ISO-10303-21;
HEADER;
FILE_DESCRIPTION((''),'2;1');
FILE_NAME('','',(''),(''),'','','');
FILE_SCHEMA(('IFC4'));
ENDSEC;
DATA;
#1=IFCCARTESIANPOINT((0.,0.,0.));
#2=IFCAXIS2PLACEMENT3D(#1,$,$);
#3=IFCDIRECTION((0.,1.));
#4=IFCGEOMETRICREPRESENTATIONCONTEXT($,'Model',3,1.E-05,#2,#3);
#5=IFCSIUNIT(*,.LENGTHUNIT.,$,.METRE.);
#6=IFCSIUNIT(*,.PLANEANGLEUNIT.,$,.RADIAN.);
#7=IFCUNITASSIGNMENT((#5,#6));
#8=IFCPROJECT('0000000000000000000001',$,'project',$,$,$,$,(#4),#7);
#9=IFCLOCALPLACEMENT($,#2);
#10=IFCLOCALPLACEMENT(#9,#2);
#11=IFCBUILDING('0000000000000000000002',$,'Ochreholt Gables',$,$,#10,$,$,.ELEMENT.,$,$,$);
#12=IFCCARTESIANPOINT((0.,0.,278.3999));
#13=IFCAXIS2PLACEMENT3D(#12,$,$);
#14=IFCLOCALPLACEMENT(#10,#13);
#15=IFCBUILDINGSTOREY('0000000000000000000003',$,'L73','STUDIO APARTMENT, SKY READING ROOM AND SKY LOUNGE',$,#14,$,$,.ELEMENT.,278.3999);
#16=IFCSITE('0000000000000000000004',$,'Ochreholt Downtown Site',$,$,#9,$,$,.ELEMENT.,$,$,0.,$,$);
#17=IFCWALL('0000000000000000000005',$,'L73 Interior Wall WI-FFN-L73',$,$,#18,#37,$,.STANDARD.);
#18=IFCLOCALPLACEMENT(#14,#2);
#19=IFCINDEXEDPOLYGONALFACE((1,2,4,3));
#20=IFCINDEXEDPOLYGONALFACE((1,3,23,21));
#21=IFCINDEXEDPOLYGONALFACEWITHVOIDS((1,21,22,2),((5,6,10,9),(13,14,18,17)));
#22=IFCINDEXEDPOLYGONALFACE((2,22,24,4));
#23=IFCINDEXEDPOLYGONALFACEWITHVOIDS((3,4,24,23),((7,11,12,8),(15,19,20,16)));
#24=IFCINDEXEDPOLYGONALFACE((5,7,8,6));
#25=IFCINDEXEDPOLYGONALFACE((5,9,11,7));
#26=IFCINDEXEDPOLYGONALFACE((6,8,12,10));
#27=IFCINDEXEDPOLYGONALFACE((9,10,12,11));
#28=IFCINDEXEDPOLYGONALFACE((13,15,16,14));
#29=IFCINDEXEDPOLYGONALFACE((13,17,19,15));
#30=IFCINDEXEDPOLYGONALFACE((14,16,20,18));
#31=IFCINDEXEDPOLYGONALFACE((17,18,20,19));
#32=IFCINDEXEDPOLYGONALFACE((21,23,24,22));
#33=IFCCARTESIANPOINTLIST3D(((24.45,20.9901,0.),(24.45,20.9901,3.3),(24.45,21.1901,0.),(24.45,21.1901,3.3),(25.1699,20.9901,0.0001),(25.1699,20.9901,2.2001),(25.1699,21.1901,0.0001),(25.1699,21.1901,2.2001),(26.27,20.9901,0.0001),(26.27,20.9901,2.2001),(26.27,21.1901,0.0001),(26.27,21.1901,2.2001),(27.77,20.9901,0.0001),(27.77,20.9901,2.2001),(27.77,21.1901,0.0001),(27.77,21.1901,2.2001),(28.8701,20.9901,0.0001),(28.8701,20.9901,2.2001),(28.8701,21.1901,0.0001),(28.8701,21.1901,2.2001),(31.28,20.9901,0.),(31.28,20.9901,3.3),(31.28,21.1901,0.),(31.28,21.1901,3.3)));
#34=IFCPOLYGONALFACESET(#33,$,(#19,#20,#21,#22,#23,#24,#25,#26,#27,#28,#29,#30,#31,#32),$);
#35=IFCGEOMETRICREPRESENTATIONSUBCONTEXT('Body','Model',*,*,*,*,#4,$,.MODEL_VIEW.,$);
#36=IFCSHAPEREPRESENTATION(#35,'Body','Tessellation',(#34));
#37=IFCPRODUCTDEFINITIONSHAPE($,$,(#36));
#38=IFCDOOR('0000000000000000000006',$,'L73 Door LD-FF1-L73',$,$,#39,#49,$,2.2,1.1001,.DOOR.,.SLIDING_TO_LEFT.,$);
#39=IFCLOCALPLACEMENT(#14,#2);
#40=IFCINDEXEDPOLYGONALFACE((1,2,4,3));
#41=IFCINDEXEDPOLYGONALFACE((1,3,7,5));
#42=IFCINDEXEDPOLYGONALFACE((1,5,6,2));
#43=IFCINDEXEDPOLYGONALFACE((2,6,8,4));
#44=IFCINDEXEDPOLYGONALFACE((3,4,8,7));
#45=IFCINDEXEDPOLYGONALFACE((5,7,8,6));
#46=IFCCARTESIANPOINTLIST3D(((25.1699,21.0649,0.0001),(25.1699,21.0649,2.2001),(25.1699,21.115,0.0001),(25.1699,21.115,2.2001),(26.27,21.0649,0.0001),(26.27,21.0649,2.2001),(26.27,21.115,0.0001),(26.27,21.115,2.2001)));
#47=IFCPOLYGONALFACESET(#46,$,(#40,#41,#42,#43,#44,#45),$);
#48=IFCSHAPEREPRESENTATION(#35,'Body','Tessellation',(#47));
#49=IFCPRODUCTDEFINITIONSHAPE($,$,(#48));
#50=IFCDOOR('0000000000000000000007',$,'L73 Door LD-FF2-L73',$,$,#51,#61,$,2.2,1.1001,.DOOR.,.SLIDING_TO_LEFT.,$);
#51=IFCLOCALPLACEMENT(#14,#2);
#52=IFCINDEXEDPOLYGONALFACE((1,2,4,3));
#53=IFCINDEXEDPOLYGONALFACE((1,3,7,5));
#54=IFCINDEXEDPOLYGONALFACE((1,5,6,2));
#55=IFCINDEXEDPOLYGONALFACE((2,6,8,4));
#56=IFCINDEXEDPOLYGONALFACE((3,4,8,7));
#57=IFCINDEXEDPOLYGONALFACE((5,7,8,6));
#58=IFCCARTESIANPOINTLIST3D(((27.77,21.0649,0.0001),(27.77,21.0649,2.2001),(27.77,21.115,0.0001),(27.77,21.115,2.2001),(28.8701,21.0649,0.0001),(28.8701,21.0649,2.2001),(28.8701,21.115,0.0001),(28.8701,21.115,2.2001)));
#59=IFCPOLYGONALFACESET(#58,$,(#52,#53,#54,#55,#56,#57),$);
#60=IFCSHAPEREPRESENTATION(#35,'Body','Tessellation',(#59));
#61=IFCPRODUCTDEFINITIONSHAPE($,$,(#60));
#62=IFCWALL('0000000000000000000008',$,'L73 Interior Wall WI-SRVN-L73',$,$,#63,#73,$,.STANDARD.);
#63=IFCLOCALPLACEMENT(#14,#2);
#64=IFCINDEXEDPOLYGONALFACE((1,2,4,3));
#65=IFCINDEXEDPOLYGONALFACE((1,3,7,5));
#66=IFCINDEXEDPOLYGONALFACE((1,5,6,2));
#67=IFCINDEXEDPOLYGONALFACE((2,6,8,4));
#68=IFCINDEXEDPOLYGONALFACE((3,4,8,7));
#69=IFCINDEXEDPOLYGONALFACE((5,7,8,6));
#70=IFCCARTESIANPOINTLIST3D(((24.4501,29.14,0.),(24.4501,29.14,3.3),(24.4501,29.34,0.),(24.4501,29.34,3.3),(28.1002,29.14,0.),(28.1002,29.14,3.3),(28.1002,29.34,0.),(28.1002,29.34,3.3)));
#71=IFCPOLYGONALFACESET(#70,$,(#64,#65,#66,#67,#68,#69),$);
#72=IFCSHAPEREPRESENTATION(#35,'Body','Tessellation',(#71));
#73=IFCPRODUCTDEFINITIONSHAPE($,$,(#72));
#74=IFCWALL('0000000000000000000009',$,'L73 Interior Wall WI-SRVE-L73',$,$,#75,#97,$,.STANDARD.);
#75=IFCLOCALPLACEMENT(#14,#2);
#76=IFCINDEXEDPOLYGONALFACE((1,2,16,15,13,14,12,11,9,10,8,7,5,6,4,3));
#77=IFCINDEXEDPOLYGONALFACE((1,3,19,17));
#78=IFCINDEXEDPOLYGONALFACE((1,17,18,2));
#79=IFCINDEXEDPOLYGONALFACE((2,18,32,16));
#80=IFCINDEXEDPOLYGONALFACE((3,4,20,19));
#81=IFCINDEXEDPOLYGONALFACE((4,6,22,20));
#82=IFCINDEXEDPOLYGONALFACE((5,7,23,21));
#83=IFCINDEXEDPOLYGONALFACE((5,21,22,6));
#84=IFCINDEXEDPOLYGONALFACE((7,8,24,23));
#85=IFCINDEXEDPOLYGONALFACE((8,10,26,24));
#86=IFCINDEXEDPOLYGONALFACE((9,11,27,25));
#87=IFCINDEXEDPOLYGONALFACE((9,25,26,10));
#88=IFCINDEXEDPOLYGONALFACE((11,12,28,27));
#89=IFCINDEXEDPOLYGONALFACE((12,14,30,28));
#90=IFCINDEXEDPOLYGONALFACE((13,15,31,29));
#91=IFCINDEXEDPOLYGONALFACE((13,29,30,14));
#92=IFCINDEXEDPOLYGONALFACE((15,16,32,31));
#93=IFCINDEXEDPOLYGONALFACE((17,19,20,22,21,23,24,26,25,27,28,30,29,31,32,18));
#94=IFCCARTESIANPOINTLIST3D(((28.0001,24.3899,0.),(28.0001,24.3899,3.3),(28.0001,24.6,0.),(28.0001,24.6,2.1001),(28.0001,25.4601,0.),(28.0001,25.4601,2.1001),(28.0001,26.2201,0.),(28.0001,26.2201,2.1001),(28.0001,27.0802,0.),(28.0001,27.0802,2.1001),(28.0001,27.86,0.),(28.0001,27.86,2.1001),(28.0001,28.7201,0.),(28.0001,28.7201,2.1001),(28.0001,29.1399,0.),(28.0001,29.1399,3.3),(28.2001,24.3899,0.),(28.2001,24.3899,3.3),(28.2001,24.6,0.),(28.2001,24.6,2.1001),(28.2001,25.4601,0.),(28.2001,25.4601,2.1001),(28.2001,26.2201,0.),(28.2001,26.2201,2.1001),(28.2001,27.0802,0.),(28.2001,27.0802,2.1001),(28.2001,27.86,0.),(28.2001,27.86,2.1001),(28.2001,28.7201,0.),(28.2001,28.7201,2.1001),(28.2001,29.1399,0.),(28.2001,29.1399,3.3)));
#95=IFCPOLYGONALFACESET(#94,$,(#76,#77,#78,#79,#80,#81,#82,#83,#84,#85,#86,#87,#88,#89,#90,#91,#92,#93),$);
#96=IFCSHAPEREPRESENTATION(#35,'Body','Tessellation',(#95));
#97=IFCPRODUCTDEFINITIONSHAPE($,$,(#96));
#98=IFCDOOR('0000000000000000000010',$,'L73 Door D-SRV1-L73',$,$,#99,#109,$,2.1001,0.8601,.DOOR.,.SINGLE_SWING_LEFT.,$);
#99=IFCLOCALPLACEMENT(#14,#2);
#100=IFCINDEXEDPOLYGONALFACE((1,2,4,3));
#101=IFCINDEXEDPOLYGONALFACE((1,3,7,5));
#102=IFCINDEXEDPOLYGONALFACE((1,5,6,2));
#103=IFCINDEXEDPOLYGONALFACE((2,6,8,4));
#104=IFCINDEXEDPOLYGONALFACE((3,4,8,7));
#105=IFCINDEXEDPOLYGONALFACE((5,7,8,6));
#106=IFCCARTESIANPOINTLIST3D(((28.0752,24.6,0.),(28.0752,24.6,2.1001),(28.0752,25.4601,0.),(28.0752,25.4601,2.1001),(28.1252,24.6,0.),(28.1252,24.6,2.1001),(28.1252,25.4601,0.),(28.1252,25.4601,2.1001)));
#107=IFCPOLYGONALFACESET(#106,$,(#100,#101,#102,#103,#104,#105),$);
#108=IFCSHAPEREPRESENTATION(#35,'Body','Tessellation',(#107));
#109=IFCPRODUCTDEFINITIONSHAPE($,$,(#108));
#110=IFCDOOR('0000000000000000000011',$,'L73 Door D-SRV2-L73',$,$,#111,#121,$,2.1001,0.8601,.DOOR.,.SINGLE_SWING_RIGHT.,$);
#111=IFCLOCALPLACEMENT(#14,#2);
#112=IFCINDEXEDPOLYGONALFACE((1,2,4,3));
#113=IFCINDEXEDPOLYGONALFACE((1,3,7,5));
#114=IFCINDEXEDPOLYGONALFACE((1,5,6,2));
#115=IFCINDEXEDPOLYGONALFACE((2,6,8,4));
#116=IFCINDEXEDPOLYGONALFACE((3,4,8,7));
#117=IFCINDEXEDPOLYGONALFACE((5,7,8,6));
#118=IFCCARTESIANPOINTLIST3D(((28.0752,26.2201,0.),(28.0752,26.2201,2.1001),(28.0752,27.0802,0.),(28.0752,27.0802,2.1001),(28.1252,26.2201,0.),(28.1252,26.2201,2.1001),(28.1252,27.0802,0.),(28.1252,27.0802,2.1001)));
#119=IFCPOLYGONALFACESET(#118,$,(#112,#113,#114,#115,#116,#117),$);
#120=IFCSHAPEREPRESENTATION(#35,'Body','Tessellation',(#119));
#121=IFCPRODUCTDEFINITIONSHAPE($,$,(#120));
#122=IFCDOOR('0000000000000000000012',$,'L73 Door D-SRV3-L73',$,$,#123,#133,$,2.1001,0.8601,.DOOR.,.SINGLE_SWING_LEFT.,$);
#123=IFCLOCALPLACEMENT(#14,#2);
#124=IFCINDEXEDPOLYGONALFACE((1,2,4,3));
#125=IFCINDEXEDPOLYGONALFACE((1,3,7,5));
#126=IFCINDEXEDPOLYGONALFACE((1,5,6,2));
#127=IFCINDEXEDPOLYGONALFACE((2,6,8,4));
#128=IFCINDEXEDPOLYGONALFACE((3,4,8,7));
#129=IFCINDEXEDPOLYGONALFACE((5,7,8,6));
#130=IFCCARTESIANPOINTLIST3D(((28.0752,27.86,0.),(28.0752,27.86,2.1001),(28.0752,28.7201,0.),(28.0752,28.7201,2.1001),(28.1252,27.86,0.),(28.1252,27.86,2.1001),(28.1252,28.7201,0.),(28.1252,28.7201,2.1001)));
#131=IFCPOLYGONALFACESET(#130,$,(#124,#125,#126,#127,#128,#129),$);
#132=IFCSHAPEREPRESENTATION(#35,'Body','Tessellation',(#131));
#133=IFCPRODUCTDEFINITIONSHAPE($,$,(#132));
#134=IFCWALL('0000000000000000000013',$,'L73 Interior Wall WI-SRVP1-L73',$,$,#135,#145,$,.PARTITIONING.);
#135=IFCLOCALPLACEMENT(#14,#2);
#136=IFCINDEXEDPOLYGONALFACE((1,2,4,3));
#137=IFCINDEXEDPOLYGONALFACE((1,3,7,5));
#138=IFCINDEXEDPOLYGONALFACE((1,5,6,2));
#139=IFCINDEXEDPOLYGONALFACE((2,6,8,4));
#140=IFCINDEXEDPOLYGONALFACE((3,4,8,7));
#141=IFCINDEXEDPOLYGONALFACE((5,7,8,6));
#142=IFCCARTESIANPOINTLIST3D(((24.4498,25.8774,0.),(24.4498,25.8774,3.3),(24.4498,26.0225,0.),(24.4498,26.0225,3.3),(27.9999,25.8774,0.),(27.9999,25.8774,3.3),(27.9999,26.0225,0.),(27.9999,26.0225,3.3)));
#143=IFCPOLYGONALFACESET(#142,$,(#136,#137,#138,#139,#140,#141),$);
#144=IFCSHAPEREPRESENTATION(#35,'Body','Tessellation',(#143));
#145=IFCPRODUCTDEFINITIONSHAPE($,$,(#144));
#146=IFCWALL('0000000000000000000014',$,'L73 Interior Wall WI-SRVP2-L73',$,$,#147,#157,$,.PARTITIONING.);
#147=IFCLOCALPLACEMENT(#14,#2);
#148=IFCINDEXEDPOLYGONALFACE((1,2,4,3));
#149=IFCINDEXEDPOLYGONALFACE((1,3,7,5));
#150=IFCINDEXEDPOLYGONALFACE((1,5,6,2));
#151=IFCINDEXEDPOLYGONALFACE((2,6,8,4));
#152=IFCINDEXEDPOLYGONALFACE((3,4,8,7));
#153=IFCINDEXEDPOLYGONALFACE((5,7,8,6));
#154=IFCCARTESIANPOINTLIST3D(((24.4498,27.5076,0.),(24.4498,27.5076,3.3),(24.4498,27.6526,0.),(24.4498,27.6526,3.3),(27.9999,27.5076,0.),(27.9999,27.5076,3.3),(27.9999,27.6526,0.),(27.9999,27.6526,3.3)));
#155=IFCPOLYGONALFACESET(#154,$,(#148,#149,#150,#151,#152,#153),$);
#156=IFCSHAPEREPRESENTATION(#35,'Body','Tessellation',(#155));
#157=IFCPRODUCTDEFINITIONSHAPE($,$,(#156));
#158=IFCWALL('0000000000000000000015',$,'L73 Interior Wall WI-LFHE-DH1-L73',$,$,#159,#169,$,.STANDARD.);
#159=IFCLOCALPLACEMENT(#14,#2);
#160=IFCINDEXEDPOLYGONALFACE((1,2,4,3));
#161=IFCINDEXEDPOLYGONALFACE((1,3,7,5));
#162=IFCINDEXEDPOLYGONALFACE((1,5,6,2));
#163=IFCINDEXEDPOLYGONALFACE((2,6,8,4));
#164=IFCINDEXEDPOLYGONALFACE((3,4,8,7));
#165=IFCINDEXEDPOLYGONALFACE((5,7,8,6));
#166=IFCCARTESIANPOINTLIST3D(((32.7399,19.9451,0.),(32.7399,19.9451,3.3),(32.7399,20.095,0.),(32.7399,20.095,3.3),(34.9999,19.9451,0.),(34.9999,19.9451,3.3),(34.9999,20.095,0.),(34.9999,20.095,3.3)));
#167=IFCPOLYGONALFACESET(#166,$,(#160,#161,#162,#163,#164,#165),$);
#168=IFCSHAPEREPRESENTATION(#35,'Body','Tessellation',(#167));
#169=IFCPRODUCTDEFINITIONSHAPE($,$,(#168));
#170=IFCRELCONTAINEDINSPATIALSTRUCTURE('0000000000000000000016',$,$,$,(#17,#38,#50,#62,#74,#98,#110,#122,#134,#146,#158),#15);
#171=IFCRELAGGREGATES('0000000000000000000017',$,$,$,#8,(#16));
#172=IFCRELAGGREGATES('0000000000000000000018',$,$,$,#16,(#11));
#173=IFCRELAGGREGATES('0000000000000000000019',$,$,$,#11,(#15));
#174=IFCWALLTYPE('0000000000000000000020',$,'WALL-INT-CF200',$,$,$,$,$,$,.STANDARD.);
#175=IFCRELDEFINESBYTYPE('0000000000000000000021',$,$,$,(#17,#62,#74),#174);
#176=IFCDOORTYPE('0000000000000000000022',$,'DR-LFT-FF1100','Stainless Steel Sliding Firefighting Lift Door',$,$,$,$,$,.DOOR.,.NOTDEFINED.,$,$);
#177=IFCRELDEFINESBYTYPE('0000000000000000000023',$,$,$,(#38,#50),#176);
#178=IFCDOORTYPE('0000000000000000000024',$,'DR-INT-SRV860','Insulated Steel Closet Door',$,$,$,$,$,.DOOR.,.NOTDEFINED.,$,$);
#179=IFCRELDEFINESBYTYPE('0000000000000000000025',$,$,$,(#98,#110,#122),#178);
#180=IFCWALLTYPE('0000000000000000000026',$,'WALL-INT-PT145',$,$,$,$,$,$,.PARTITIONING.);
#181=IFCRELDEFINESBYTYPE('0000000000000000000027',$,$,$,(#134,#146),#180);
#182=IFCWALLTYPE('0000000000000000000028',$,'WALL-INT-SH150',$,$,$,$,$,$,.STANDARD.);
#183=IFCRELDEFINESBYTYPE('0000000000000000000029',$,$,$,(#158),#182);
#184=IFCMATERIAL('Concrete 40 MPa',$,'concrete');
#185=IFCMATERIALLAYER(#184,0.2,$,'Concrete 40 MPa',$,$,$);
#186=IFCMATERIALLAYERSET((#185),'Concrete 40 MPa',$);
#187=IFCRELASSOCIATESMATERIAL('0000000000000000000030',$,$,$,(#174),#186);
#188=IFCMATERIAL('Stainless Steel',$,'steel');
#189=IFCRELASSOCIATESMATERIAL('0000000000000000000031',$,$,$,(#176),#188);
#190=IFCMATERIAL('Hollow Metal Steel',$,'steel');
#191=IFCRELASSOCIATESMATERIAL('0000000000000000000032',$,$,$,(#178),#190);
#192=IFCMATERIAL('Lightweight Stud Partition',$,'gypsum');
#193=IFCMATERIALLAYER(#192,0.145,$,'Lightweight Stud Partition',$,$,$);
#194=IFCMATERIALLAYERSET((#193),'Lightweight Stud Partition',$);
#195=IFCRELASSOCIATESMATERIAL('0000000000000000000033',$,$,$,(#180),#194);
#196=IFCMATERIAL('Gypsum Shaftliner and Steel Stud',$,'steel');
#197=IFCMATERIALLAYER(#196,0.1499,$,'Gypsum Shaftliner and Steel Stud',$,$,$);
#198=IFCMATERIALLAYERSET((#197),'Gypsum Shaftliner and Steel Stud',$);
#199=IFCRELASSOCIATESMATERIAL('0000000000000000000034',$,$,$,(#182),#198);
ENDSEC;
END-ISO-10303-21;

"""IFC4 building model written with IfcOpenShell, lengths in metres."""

from ifc_helpers import new_model, si_unit, direction, frame, frame_2d, origin, place, context, subcontext, project, spatial, rectangle, extrude, material, layer, layer_set, type_object, element, fill, save


model = new_model("IFC4")

# Units and contexts
model_context = context("Model", 3, precision=1e-05, world=origin(), true_north=direction((0.0, 1.0)))
body_context = subcontext(model_context, "Body", "Model", "MODEL_VIEW")
ifc_project = project(units=[si_unit("LENGTHUNIT", "METRE"), si_unit("PLANEANGLEUNIT", "RADIAN")], contexts=[model_context])

# Site, building, storey
site_placement = place(None, origin())
site = spatial("IfcSite", under=ifc_project, at=site_placement, Name="Ochreholt Downtown Site", CompositionType="ELEMENT", RefElevation=0.0)
building_placement = place(site_placement, origin())
building = spatial("IfcBuilding", under=site, at=building_placement, Name="Ochreholt Gables", CompositionType="ELEMENT")
storey_placement = place(building_placement, frame((0.0, 0.0, 278.3999)))
storey = spatial("IfcBuildingStorey", under=building, at=storey_placement, Name="L73", Description="STUDIO APARTMENT, SKY READING ROOM AND SKY LOUNGE", CompositionType="ELEMENT", Elevation=278.3999)

# Wall, openings, doors
ifc_material_1 = material(Name="Concrete 40 MPa", Category="concrete")
ifc_layer_1 = layer(ifc_material_1, 0.2, Name="Concrete 40 MPa")
ifc_layer_set_1 = layer_set([ifc_layer_1], Name="Concrete 40 MPa")
wall_type_1 = type_object("IfcWallType", Name="WALL-INT-CF200", PredefinedType="STANDARD", material=ifc_layer_set_1)
wall_1_placement = place(storey_placement, frame((24.45, 21.0901, 0.0), z_axis=(0.0, 0.0, 1.0), x_axis=(1.0, 0.0, 0.0)))
wall_1 = element("IfcWall", 1, at=wall_1_placement, inside=storey, type_object=wall_type_1, Name="L73 Interior Wall WI-FFN-L73", PredefinedType="STANDARD", context=body_context, shape_type="SweptSolid", body=[
    extrude(rectangle(XDim=6.8301, YDim=0.2, at=frame_2d((3.415, 0.0))), origin(), (0.0, 0.0, 1.0), 3.3),
])
opening_1_placement = place(wall_1_placement, frame((0.72, 0.0, 0.0)))
opening_1 = element("IfcOpeningElement", 2, at=opening_1_placement, cuts=wall_1, PredefinedType="OPENING", context=body_context, shape_type="SweptSolid", body=[
    extrude(rectangle(XDim=1.1001, YDim=2.2, at=frame_2d((0.55, 1.1001))), frame((0.0, 0.1099, 0.0), z_axis=(0.0, -1.0, 0.0), x_axis=(1.0, 0.0, 0.0)), (0.0, 0.0, 1.0), 0.22),
])
opening_2_placement = place(wall_1_placement, frame((3.3201, 0.0, 0.0)))
opening_2 = element("IfcOpeningElement", 3, at=opening_2_placement, cuts=wall_1, PredefinedType="OPENING", context=body_context, shape_type="SweptSolid", body=[
    extrude(rectangle(XDim=1.1001, YDim=2.2, at=frame_2d((0.55, 1.1001))), frame((0.0, 0.1099, 0.0), z_axis=(0.0, -1.0, 0.0), x_axis=(1.0, 0.0, 0.0)), (0.0, 0.0, 1.0), 0.22),
])
ifc_material_2 = material(Name="Stainless Steel", Category="steel")
door_type_1 = type_object("IfcDoorType", Name="DR-LFT-FF1100", Description="Stainless Steel Sliding Firefighting Lift Door", OperationType="NOTDEFINED", PredefinedType="DOOR", material=ifc_material_2)
door_1_placement = place(opening_1_placement, origin())
door_1 = element("IfcDoor", 4, at=door_1_placement, inside=storey, type_object=door_type_1, Name="L73 Door LD-FF1-L73", OperationType="SLIDING_TO_LEFT", OverallHeight=2.2, OverallWidth=1.1001, PredefinedType="DOOR", context=body_context, shape_type="SweptSolid", body=[
    extrude(rectangle(XDim=1.1001, YDim=2.2, at=frame_2d((0.55, 1.1001))), frame((0.0, 0.0249, 0.0), z_axis=(0.0, -1.0, 0.0), x_axis=(1.0, 0.0, 0.0)), (0.0, 0.0, 1.0), 0.05),
])
fill(opening_1, door_1)
door_2_placement = place(opening_2_placement, origin())
door_2 = element("IfcDoor", 5, at=door_2_placement, inside=storey, type_object=door_type_1, Name="L73 Door LD-FF2-L73", OperationType="SLIDING_TO_LEFT", OverallHeight=2.2, OverallWidth=1.1001, PredefinedType="DOOR", context=body_context, shape_type="SweptSolid", body=[
    extrude(rectangle(XDim=1.1001, YDim=2.2, at=frame_2d((0.55, 1.1001))), frame((0.0, 0.0249, 0.0), z_axis=(0.0, -1.0, 0.0), x_axis=(1.0, 0.0, 0.0)), (0.0, 0.0, 1.0), 0.05),
])
fill(opening_2, door_2)

# Wall
wall_2_placement = place(storey_placement, frame((24.45, 29.24, 0.0), z_axis=(0.0, 0.0, 1.0), x_axis=(1.0, 0.0, 0.0)))
element("IfcWall", 6, at=wall_2_placement, inside=storey, type_object=wall_type_1, Name="L73 Interior Wall WI-SRVN-L73", PredefinedType="STANDARD", context=body_context, shape_type="SweptSolid", body=[
    extrude(rectangle(XDim=3.6501, YDim=0.2, at=frame_2d((1.8252, 0.0))), origin(), (0.0, 0.0, 1.0), 3.3),
])

# Wall, openings, doors
wall_3_placement = place(storey_placement, frame((28.1001, 24.3899, 0.0), z_axis=(0.0, 0.0, 1.0), x_axis=(0.0, 1.0, 0.0)))
wall_3 = element("IfcWall", 7, at=wall_3_placement, inside=storey, type_object=wall_type_1, Name="L73 Interior Wall WI-SRVE-L73", PredefinedType="STANDARD", context=body_context, shape_type="SweptSolid", body=[
    extrude(rectangle(XDim=4.75, YDim=0.2, at=frame_2d((2.375, 0.0))), origin(), (0.0, 0.0, 1.0), 3.3),
])
opening_3_placement = place(wall_3_placement, frame((0.21, 0.0, 0.0)))
opening_3 = element("IfcOpeningElement", 8, at=opening_3_placement, cuts=wall_3, PredefinedType="OPENING", context=body_context, shape_type="SweptSolid", body=[
    extrude(rectangle(XDim=0.8601, YDim=2.1001, at=frame_2d((0.4302, 1.05))), frame((0.0, 0.1099, 0.0), z_axis=(0.0, -1.0, 0.0), x_axis=(1.0, 0.0, 0.0)), (0.0, 0.0, 1.0), 0.22),
])
opening_4_placement = place(wall_3_placement, frame((1.8301, 0.0, 0.0)))
opening_4 = element("IfcOpeningElement", 9, at=opening_4_placement, cuts=wall_3, PredefinedType="OPENING", context=body_context, shape_type="SweptSolid", body=[
    extrude(rectangle(XDim=0.8601, YDim=2.1001, at=frame_2d((0.4302, 1.05))), frame((0.0, 0.1099, 0.0), z_axis=(0.0, -1.0, 0.0), x_axis=(1.0, 0.0, 0.0)), (0.0, 0.0, 1.0), 0.22),
])
opening_5_placement = place(wall_3_placement, frame((3.47, 0.0, 0.0)))
opening_5 = element("IfcOpeningElement", 10, at=opening_5_placement, cuts=wall_3, PredefinedType="OPENING", context=body_context, shape_type="SweptSolid", body=[
    extrude(rectangle(XDim=0.8601, YDim=2.1001, at=frame_2d((0.4302, 1.05))), frame((0.0, 0.1099, 0.0), z_axis=(0.0, -1.0, 0.0), x_axis=(1.0, 0.0, 0.0)), (0.0, 0.0, 1.0), 0.22),
])
ifc_material_3 = material(Name="Hollow Metal Steel", Category="steel")
door_type_2 = type_object("IfcDoorType", Name="DR-INT-SRV860", Description="Insulated Steel Closet Door", OperationType="NOTDEFINED", PredefinedType="DOOR", material=ifc_material_3)
door_3_placement = place(opening_3_placement, origin())
door_3 = element("IfcDoor", 11, at=door_3_placement, inside=storey, type_object=door_type_2, Name="L73 Door D-SRV1-L73", OperationType="SINGLE_SWING_LEFT", OverallHeight=2.1001, OverallWidth=0.8601, PredefinedType="DOOR", context=body_context, shape_type="SweptSolid", body=[
    extrude(rectangle(XDim=0.8601, YDim=2.1001, at=frame_2d((0.4302, 1.05))), frame((0.0, 0.0249, 0.0), z_axis=(0.0, -1.0, 0.0), x_axis=(1.0, 0.0, 0.0)), (0.0, 0.0, 1.0), 0.05),
])
fill(opening_3, door_3)
door_4_placement = place(opening_4_placement, origin())
door_4 = element("IfcDoor", 12, at=door_4_placement, inside=storey, type_object=door_type_2, Name="L73 Door D-SRV2-L73", OperationType="SINGLE_SWING_RIGHT", OverallHeight=2.1001, OverallWidth=0.8601, PredefinedType="DOOR", context=body_context, shape_type="SweptSolid", body=[
    extrude(rectangle(XDim=0.8601, YDim=2.1001, at=frame_2d((0.4302, 1.05))), frame((0.0, 0.0249, 0.0), z_axis=(0.0, -1.0, 0.0), x_axis=(1.0, 0.0, 0.0)), (0.0, 0.0, 1.0), 0.05),
])
fill(opening_4, door_4)
door_5_placement = place(opening_5_placement, origin())
door_5 = element("IfcDoor", 13, at=door_5_placement, inside=storey, type_object=door_type_2, Name="L73 Door D-SRV3-L73", OperationType="SINGLE_SWING_LEFT", OverallHeight=2.1001, OverallWidth=0.8601, PredefinedType="DOOR", context=body_context, shape_type="SweptSolid", body=[
    extrude(rectangle(XDim=0.8601, YDim=2.1001, at=frame_2d((0.4302, 1.05))), frame((0.0, 0.0249, 0.0), z_axis=(0.0, -1.0, 0.0), x_axis=(1.0, 0.0, 0.0)), (0.0, 0.0, 1.0), 0.05),
])
fill(opening_5, door_5)

# Walls
ifc_material_4 = material(Name="Lightweight Stud Partition", Category="gypsum")
ifc_layer_2 = layer(ifc_material_4, 0.145, Name="Lightweight Stud Partition")
ifc_layer_set_2 = layer_set([ifc_layer_2], Name="Lightweight Stud Partition")
wall_type_2 = type_object("IfcWallType", Name="WALL-INT-PT145", PredefinedType="PARTITIONING", material=ifc_layer_set_2)
for number, where, z_axis, x_axis, name in (
    (14, (24.45, 25.95, 0.0), (0.0, 0.0, 1.0), (1.0, 0.0, 0.0), "L73 Interior Wall WI-SRVP1-L73"),
    (15, (24.45, 27.5801, 0.0), (0.0, 0.0, 1.0), (1.0, 0.0, 0.0), "L73 Interior Wall WI-SRVP2-L73"),
):
    element("IfcWall", number, at=place(storey_placement, frame(where, z_axis=z_axis, x_axis=x_axis)), inside=storey, type_object=wall_type_2, Name=name, PredefinedType="PARTITIONING", context=body_context, shape_type="SweptSolid", body=[
        extrude(rectangle(XDim=3.55, YDim=0.145, at=frame_2d((1.7749, 0.0))), origin(), (0.0, 0.0, 1.0), 3.3),
    ])
ifc_material_5 = material(Name="Gypsum Shaftliner and Steel Stud", Category="steel")
ifc_layer_3 = layer(ifc_material_5, 0.1499, Name="Gypsum Shaftliner and Steel Stud")
ifc_layer_set_3 = layer_set([ifc_layer_3], Name="Gypsum Shaftliner and Steel Stud")
wall_type_3 = type_object("IfcWallType", Name="WALL-INT-SH150", PredefinedType="STANDARD", material=ifc_layer_set_3)
for number, where, z_axis, x_axis, name in (
    (16, (32.74, 20.02, 0.0), (0.0, 0.0, 1.0), (1.0, 0.0, 0.0), "L73 Interior Wall WI-LFHE-DH1-L73"),
):
    element("IfcWall", number, at=place(storey_placement, frame(where, z_axis=z_axis, x_axis=x_axis)), inside=storey, type_object=wall_type_3, Name=name, PredefinedType="STANDARD", context=body_context, shape_type="SweptSolid", body=[
        extrude(rectangle(XDim=2.26, YDim=0.1499, at=frame_2d((1.1299, 0.0))), origin(), (0.0, 0.0, 1.0), 3.3),
    ])

save(model, "model.ifc")
